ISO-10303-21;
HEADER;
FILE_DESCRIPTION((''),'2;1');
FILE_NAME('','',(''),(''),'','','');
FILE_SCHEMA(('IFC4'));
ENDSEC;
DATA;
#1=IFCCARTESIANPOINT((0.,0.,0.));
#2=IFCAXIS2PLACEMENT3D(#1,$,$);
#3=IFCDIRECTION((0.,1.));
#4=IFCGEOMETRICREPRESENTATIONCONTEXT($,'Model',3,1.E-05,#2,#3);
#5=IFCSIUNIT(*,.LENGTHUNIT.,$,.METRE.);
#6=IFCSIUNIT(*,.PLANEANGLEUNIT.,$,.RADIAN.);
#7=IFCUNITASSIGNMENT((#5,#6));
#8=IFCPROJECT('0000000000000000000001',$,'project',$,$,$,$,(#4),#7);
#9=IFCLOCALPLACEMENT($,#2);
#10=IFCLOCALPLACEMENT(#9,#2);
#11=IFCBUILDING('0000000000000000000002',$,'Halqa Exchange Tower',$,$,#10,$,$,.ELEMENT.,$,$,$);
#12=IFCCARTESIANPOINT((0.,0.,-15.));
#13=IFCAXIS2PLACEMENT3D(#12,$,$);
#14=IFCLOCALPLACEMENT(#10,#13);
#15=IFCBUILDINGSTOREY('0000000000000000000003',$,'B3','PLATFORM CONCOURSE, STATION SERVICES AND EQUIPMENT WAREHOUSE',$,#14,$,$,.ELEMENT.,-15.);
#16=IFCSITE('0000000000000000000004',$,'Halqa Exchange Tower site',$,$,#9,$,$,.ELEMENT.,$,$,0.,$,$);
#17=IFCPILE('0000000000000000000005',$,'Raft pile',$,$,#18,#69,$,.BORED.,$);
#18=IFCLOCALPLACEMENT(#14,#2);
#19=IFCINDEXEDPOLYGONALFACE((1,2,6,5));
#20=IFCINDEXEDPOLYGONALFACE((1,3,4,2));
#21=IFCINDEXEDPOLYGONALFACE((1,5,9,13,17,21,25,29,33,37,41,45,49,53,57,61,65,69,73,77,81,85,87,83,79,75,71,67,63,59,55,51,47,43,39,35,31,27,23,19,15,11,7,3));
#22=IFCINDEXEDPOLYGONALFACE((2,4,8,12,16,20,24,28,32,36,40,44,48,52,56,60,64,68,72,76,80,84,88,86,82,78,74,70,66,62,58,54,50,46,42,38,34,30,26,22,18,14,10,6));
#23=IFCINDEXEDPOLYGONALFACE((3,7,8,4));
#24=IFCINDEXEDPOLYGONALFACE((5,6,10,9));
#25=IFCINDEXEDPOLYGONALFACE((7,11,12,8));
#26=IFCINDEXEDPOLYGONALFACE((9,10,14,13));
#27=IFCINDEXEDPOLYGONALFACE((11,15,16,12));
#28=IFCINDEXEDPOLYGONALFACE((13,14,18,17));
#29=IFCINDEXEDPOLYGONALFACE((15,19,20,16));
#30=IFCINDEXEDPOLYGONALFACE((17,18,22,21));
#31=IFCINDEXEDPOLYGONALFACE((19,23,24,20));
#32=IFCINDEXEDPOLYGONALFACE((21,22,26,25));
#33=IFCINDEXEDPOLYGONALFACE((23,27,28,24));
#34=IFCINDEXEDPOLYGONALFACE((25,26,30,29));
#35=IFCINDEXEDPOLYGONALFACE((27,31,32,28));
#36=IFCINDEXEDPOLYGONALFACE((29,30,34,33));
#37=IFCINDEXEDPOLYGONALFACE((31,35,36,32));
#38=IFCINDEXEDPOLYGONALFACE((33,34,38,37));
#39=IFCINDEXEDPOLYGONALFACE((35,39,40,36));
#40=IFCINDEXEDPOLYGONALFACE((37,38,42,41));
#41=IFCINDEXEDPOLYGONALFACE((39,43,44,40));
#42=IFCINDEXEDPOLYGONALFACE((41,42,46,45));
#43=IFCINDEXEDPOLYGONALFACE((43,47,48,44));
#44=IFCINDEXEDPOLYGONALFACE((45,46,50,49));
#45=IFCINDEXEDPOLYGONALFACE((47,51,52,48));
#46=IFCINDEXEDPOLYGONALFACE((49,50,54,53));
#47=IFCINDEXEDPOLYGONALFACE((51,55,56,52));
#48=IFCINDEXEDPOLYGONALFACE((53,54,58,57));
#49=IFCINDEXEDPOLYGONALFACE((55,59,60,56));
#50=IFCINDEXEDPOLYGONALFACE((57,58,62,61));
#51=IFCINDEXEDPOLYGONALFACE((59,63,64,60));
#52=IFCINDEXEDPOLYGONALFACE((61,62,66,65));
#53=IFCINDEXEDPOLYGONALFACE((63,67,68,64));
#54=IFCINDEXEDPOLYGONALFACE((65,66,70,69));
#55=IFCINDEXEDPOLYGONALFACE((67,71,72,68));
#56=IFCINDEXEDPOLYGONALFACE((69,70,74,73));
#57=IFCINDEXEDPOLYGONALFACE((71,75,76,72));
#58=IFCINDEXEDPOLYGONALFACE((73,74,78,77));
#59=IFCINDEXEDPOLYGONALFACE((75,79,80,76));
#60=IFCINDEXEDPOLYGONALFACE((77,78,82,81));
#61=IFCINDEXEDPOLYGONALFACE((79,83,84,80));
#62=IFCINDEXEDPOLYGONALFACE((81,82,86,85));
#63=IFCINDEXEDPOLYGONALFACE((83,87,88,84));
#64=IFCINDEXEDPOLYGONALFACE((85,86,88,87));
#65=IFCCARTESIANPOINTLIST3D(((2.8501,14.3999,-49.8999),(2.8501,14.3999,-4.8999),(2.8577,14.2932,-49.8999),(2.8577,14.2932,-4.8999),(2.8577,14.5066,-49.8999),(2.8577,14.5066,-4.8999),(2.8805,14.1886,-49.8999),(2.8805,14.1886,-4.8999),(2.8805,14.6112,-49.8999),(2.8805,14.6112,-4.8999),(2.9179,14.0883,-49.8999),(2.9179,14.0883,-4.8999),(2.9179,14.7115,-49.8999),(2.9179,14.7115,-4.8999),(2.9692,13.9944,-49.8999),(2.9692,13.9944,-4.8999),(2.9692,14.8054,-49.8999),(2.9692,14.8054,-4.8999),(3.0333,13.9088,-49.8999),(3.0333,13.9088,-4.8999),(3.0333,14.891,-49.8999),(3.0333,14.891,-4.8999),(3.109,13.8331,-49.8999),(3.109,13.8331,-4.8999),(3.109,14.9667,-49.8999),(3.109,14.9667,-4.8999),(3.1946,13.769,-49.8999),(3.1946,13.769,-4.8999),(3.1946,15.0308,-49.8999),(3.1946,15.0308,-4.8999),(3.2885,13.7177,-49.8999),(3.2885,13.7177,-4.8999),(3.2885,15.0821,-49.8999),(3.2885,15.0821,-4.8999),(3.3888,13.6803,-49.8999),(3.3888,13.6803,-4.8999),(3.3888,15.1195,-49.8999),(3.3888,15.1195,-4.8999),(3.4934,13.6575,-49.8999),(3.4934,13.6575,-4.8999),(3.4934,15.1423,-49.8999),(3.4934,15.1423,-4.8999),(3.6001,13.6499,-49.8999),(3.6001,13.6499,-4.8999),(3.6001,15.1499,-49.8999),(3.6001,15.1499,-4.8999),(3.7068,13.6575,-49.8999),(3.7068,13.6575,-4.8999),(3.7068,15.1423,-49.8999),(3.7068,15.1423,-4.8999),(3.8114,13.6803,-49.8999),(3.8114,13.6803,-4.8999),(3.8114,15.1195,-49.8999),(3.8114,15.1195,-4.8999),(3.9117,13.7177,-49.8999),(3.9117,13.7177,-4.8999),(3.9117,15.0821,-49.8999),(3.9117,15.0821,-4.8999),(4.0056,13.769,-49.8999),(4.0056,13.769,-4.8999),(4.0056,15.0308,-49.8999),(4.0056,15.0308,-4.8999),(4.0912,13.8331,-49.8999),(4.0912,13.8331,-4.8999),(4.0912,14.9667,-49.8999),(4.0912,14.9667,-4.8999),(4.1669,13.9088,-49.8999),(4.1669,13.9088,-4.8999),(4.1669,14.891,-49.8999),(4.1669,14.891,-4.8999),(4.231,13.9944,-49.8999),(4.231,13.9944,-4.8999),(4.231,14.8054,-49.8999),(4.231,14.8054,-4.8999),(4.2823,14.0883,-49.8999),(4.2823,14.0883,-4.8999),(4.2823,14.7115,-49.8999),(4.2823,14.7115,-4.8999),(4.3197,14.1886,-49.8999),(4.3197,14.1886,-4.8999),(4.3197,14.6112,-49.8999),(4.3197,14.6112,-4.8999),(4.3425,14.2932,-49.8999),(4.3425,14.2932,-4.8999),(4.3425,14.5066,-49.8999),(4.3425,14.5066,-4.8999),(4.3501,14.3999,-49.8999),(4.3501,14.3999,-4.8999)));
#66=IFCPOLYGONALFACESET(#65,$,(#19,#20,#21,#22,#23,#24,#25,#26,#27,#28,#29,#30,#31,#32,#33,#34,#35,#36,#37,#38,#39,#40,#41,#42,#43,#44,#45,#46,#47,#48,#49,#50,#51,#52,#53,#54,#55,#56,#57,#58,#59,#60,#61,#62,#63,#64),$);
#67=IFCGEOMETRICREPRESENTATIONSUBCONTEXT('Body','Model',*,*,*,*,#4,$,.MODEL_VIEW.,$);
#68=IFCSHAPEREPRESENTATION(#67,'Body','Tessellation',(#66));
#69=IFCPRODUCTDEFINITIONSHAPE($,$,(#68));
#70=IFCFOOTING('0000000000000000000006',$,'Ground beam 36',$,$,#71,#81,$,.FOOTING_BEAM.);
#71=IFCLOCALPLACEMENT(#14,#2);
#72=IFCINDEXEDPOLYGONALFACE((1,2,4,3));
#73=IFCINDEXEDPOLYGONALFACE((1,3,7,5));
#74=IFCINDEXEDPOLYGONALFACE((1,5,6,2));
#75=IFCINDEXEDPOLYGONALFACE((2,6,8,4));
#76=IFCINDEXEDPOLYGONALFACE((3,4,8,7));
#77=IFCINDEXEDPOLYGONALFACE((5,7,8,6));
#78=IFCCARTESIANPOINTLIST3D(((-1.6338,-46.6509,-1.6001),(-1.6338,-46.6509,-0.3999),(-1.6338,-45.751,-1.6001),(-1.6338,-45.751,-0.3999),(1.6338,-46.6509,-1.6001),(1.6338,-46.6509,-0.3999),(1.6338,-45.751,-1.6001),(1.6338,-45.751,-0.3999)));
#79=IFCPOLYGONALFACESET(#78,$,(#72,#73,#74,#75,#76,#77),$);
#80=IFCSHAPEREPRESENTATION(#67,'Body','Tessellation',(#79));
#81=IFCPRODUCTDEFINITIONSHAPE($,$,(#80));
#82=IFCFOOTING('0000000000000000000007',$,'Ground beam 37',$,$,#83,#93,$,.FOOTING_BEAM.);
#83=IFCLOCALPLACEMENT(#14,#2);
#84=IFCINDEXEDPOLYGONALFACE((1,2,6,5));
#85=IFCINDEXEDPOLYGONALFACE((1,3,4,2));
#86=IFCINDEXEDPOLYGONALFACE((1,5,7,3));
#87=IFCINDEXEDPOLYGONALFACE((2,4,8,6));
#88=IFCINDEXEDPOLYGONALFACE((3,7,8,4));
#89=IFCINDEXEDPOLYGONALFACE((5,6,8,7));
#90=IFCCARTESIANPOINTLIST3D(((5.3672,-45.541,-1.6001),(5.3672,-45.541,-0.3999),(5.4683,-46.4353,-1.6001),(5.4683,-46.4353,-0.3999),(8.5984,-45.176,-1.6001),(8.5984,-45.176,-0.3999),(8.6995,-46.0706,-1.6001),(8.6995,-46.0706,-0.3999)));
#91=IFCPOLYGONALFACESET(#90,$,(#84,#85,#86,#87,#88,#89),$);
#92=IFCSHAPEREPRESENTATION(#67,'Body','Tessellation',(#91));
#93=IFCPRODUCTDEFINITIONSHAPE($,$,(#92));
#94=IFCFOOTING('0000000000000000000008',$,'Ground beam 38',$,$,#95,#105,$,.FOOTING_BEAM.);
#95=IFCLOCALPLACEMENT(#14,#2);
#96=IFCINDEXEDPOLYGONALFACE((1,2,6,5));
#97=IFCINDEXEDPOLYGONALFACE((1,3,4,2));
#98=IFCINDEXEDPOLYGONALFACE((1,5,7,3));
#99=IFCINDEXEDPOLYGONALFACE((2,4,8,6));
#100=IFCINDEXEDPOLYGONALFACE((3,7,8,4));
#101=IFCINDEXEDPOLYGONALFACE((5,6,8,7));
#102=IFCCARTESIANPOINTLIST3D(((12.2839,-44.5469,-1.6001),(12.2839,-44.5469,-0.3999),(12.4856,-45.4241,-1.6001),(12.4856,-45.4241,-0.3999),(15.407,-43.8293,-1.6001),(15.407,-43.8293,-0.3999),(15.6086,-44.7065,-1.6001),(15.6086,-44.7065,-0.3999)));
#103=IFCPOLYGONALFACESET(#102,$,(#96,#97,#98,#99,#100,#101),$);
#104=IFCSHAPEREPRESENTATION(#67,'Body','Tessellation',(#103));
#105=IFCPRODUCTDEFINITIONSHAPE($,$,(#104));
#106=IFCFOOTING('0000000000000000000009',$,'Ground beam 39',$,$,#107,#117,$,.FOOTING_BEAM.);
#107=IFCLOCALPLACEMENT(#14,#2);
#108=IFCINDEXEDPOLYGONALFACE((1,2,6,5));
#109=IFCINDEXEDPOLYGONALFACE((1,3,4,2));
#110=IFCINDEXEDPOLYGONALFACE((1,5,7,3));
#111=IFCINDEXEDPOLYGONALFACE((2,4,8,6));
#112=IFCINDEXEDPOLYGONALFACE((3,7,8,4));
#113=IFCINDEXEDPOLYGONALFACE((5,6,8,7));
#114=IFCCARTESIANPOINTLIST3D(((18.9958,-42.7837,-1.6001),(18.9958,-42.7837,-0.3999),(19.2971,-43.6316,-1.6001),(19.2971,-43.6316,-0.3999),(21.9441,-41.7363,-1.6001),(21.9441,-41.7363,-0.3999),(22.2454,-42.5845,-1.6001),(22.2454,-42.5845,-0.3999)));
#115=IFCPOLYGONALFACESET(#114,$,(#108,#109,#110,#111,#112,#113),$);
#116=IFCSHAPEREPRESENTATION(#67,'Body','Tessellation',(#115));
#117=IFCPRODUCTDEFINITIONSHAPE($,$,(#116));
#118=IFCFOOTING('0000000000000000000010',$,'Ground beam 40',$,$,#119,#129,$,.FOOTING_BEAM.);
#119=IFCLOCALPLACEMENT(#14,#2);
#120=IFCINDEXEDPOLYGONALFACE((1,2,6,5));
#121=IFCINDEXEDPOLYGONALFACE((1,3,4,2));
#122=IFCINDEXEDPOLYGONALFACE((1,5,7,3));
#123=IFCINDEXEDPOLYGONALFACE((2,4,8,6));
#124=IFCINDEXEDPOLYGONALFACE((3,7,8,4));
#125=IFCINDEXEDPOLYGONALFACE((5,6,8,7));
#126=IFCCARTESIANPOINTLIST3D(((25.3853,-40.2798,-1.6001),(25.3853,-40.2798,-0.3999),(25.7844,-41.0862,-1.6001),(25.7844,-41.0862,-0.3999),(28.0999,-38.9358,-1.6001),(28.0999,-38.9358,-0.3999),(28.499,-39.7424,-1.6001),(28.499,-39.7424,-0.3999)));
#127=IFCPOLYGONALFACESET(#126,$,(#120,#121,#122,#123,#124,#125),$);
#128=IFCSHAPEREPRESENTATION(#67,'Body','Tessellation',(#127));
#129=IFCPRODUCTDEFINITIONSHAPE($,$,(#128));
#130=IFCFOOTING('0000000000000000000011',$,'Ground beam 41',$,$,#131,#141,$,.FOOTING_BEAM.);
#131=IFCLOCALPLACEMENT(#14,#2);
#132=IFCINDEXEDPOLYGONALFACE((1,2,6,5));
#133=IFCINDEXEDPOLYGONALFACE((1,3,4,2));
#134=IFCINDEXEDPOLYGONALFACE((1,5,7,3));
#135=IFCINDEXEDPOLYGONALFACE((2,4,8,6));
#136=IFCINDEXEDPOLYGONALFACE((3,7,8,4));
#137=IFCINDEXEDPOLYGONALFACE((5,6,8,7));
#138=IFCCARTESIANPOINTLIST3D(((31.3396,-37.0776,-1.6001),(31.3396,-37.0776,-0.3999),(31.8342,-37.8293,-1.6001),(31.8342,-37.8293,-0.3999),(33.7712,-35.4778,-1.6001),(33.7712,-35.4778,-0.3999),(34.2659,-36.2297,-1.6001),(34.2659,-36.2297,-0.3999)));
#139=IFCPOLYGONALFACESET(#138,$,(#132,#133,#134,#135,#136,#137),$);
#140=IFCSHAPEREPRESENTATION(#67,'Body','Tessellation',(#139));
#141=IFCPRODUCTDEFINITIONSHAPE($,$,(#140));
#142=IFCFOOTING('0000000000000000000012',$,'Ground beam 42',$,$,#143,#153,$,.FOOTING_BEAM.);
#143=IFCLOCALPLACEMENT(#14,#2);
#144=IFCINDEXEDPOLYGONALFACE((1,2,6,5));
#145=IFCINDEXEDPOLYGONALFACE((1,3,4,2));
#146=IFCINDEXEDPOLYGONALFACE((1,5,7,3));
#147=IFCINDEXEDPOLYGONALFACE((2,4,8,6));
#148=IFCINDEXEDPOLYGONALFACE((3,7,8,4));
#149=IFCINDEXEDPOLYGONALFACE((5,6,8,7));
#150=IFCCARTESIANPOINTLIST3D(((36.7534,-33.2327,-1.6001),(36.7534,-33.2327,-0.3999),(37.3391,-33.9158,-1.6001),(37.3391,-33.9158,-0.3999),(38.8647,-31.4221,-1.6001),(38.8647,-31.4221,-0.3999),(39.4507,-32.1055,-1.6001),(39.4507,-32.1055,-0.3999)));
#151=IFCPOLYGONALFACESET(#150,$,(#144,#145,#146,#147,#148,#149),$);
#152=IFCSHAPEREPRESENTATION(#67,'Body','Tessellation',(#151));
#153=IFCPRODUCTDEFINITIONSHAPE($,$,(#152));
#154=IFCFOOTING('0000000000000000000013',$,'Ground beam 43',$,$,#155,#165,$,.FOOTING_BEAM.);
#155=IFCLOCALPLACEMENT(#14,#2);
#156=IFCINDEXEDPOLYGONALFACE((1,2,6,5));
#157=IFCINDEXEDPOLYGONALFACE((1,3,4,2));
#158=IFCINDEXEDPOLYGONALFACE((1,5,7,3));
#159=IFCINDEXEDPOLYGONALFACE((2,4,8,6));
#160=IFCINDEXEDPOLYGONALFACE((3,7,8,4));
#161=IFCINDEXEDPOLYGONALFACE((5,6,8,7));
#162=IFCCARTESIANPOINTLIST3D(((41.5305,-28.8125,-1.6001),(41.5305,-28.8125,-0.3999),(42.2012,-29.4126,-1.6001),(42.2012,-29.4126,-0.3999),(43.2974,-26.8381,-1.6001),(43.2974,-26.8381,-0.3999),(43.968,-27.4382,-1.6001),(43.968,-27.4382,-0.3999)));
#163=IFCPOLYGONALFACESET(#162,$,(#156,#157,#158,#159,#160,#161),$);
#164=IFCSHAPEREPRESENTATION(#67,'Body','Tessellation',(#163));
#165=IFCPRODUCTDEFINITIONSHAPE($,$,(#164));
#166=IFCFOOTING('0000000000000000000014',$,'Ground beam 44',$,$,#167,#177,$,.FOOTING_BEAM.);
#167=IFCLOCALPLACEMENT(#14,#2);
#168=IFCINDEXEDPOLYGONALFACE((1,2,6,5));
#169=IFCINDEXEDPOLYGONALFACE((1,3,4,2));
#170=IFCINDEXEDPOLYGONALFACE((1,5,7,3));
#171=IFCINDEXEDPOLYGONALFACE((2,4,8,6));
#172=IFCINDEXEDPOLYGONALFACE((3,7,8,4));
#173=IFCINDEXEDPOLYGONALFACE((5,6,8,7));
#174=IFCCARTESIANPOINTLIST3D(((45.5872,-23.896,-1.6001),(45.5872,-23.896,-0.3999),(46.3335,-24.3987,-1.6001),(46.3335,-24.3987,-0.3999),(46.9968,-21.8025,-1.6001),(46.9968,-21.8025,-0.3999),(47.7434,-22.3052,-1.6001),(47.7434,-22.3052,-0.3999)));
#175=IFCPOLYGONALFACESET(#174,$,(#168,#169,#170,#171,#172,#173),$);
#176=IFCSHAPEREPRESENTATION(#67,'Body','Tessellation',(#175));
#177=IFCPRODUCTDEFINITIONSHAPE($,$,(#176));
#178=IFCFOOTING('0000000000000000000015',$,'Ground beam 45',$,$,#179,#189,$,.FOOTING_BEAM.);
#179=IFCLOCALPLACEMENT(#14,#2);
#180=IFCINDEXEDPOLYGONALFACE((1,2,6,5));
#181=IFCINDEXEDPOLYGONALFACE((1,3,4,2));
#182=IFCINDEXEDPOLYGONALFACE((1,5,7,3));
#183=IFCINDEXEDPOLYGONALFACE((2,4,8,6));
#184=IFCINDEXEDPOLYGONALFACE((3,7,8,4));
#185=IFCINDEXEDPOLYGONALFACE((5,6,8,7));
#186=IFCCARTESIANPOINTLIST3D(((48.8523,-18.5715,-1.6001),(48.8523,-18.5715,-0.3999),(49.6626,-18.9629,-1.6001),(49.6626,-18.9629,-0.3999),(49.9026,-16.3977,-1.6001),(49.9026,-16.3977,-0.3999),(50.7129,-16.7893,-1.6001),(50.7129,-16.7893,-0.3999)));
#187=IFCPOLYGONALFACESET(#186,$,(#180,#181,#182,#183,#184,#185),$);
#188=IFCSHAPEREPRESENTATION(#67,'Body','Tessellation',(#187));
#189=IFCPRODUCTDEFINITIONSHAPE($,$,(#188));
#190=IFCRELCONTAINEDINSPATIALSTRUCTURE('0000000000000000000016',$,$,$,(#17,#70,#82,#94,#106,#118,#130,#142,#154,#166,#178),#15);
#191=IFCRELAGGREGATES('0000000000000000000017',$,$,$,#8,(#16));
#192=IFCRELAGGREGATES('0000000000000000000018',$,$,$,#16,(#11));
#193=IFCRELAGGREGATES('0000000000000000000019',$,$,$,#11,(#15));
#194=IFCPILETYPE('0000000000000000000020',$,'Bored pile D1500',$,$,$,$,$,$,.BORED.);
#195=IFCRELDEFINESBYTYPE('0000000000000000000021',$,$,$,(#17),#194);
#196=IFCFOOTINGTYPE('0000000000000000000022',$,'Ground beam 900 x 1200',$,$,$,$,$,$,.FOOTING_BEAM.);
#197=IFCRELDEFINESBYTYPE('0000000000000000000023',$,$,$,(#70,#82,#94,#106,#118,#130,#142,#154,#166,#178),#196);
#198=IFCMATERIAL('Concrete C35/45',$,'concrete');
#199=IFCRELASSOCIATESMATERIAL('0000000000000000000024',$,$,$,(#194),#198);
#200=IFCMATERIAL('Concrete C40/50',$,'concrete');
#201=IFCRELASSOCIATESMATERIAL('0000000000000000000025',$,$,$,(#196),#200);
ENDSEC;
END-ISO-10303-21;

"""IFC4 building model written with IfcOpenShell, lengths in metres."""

from ifc_helpers import new_model, si_unit, direction, frame, origin, origin_2d, place, context, subcontext, project, spatial, polyline, circle, outline, extrude, material, material_profile, profile_set, type_object, element, save


model = new_model("IFC4")

# Units and contexts
model_context = context("Model", 3, precision=1e-05, world=origin(), true_north=direction((0.0, 1.0)))
body_context = subcontext(model_context, "Body", "Model", "MODEL_VIEW")
ifc_project = project(units=[si_unit("LENGTHUNIT", "METRE"), si_unit("PLANEANGLEUNIT", "RADIAN")], contexts=[model_context])

# Site, building, storey
site_placement = place(None, origin())
site = spatial("IfcSite", under=ifc_project, at=site_placement, Name="Halqa Exchange Tower site", CompositionType="ELEMENT", RefElevation=0.0)
building_placement = place(site_placement, origin())
building = spatial("IfcBuilding", under=site, at=building_placement, Name="Halqa Exchange Tower", CompositionType="ELEMENT")
storey_placement = place(building_placement, frame((0.0, 0.0, -15.0)))
storey = spatial("IfcBuildingStorey", under=building, at=storey_placement, Name="B3", Description="PLATFORM CONCOURSE, STATION SERVICES AND EQUIPMENT WAREHOUSE", CompositionType="ELEMENT", Elevation=-15.0)

# Pile
ifc_material_1 = material(Name="Concrete C35/45", Category="concrete")
ifc_material_profile_1 = material_profile(ifc_material_1, circle(Radius=0.75, at=origin_2d()), Name="D1500")
ifc_profile_set_1 = profile_set([ifc_material_profile_1], Name="Concrete C35/45")
pile_type_1 = type_object("IfcPileType", Name="Bored pile D1500", PredefinedType="BORED", material=ifc_profile_set_1)
for number, where, z_axis, x_axis, name in (
    (1, (3.6001, 14.3999, -4.8999), (0.0, 0.0, -1.0), (1.0, 0.0, 0.0), "Raft pile"),
):
    element("IfcPile", number, at=place(storey_placement, frame(where, z_axis=z_axis, x_axis=x_axis)), inside=storey, type_object=pile_type_1, Name=name, PredefinedType="BORED", context=body_context, shape_type="SweptSolid", body=[
        extrude(circle(Radius=0.75, at=origin_2d()), origin(), (0.0, 0.0, 1.0), 45.0),
    ])

# Footings
ifc_material_2 = material(Name="Concrete C40/50", Category="concrete")
footing_type_1 = type_object("IfcFootingType", Name="Ground beam 900 x 1200", PredefinedType="FOOTING_BEAM", material=ifc_material_2)
footing_1_placement = place(storey_placement, frame((0.0, 0.0, -1.6001)))
element("IfcFooting", 2, at=footing_1_placement, inside=storey, type_object=footing_type_1, Name="Ground beam 36", PredefinedType="FOOTING_BEAM", context=body_context, shape_type="SweptSolid", body=[
    extrude(outline(polyline([(-1.6338, -45.751), (1.6338, -45.751), (1.6338, -46.6509), (-1.6338, -46.6509), (-1.6338, -45.751)])), origin(), (0.0, 0.0, 1.0), 1.2002),
])
footing_2_placement = place(storey_placement, frame((0.0, 0.0, -1.6001)))
element("IfcFooting", 3, at=footing_2_placement, inside=storey, type_object=footing_type_1, Name="Ground beam 37", PredefinedType="FOOTING_BEAM", context=body_context, shape_type="SweptSolid", body=[
    extrude(outline(polyline([(5.3672, -45.541), (8.5984, -45.176), (8.6995, -46.0706), (5.4683, -46.4353), (5.3672, -45.541)])), origin(), (0.0, 0.0, 1.0), 1.2002),
])
footing_3_placement = place(storey_placement, frame((0.0, 0.0, -1.6001)))
element("IfcFooting", 4, at=footing_3_placement, inside=storey, type_object=footing_type_1, Name="Ground beam 38", PredefinedType="FOOTING_BEAM", context=body_context, shape_type="SweptSolid", body=[
    extrude(outline(polyline([(12.2839, -44.5469), (15.407, -43.8293), (15.6086, -44.7065), (12.4856, -45.4241), (12.2839, -44.5469)])), origin(), (0.0, 0.0, 1.0), 1.2002),
])
footing_4_placement = place(storey_placement, frame((0.0, 0.0, -1.6001)))
element("IfcFooting", 5, at=footing_4_placement, inside=storey, type_object=footing_type_1, Name="Ground beam 39", PredefinedType="FOOTING_BEAM", context=body_context, shape_type="SweptSolid", body=[
    extrude(outline(polyline([(18.9958, -42.7837), (21.9441, -41.7363), (22.2454, -42.5845), (19.2971, -43.6316), (18.9958, -42.7837)])), origin(), (0.0, 0.0, 1.0), 1.2002),
])
footing_5_placement = place(storey_placement, frame((0.0, 0.0, -1.6001)))
element("IfcFooting", 6, at=footing_5_placement, inside=storey, type_object=footing_type_1, Name="Ground beam 40", PredefinedType="FOOTING_BEAM", context=body_context, shape_type="SweptSolid", body=[
    extrude(outline(polyline([(25.3853, -40.2798), (28.0999, -38.9358), (28.499, -39.7424), (25.7844, -41.0862), (25.3853, -40.2798)])), origin(), (0.0, 0.0, 1.0), 1.2002),
])
footing_6_placement = place(storey_placement, frame((0.0, 0.0, -1.6001)))
element("IfcFooting", 7, at=footing_6_placement, inside=storey, type_object=footing_type_1, Name="Ground beam 41", PredefinedType="FOOTING_BEAM", context=body_context, shape_type="SweptSolid", body=[
    extrude(outline(polyline([(31.3396, -37.0776), (33.7712, -35.4778), (34.2659, -36.2297), (31.8342, -37.8293), (31.3396, -37.0776)])), origin(), (0.0, 0.0, 1.0), 1.2002),
])
footing_7_placement = place(storey_placement, frame((0.0, 0.0, -1.6001)))
element("IfcFooting", 8, at=footing_7_placement, inside=storey, type_object=footing_type_1, Name="Ground beam 42", PredefinedType="FOOTING_BEAM", context=body_context, shape_type="SweptSolid", body=[
    extrude(outline(polyline([(36.7534, -33.2327), (38.8647, -31.4221), (39.4507, -32.1055), (37.3391, -33.9158), (36.7534, -33.2327)])), origin(), (0.0, 0.0, 1.0), 1.2002),
])
footing_8_placement = place(storey_placement, frame((0.0, 0.0, -1.6001)))
element("IfcFooting", 9, at=footing_8_placement, inside=storey, type_object=footing_type_1, Name="Ground beam 43", PredefinedType="FOOTING_BEAM", context=body_context, shape_type="SweptSolid", body=[
    extrude(outline(polyline([(41.5305, -28.8125), (43.2974, -26.8381), (43.968, -27.4382), (42.2012, -29.4126), (41.5305, -28.8125)])), origin(), (0.0, 0.0, 1.0), 1.2002),
])
footing_9_placement = place(storey_placement, frame((0.0, 0.0, -1.6001)))
element("IfcFooting", 10, at=footing_9_placement, inside=storey, type_object=footing_type_1, Name="Ground beam 44", PredefinedType="FOOTING_BEAM", context=body_context, shape_type="SweptSolid", body=[
    extrude(outline(polyline([(45.5872, -23.896), (46.9968, -21.8025), (47.7434, -22.3052), (46.3335, -24.3987), (45.5872, -23.896)])), origin(), (0.0, 0.0, 1.0), 1.2002),
])
footing_10_placement = place(storey_placement, frame((0.0, 0.0, -1.6001)))
element("IfcFooting", 11, at=footing_10_placement, inside=storey, type_object=footing_type_1, Name="Ground beam 45", PredefinedType="FOOTING_BEAM", context=body_context, shape_type="SweptSolid", body=[
    extrude(outline(polyline([(48.8523, -18.5715), (49.9026, -16.3977), (50.7129, -16.7893), (49.6626, -18.9629), (48.8523, -18.5715)])), origin(), (0.0, 0.0, 1.0), 1.2002),
])

save(model, "model.ifc")
